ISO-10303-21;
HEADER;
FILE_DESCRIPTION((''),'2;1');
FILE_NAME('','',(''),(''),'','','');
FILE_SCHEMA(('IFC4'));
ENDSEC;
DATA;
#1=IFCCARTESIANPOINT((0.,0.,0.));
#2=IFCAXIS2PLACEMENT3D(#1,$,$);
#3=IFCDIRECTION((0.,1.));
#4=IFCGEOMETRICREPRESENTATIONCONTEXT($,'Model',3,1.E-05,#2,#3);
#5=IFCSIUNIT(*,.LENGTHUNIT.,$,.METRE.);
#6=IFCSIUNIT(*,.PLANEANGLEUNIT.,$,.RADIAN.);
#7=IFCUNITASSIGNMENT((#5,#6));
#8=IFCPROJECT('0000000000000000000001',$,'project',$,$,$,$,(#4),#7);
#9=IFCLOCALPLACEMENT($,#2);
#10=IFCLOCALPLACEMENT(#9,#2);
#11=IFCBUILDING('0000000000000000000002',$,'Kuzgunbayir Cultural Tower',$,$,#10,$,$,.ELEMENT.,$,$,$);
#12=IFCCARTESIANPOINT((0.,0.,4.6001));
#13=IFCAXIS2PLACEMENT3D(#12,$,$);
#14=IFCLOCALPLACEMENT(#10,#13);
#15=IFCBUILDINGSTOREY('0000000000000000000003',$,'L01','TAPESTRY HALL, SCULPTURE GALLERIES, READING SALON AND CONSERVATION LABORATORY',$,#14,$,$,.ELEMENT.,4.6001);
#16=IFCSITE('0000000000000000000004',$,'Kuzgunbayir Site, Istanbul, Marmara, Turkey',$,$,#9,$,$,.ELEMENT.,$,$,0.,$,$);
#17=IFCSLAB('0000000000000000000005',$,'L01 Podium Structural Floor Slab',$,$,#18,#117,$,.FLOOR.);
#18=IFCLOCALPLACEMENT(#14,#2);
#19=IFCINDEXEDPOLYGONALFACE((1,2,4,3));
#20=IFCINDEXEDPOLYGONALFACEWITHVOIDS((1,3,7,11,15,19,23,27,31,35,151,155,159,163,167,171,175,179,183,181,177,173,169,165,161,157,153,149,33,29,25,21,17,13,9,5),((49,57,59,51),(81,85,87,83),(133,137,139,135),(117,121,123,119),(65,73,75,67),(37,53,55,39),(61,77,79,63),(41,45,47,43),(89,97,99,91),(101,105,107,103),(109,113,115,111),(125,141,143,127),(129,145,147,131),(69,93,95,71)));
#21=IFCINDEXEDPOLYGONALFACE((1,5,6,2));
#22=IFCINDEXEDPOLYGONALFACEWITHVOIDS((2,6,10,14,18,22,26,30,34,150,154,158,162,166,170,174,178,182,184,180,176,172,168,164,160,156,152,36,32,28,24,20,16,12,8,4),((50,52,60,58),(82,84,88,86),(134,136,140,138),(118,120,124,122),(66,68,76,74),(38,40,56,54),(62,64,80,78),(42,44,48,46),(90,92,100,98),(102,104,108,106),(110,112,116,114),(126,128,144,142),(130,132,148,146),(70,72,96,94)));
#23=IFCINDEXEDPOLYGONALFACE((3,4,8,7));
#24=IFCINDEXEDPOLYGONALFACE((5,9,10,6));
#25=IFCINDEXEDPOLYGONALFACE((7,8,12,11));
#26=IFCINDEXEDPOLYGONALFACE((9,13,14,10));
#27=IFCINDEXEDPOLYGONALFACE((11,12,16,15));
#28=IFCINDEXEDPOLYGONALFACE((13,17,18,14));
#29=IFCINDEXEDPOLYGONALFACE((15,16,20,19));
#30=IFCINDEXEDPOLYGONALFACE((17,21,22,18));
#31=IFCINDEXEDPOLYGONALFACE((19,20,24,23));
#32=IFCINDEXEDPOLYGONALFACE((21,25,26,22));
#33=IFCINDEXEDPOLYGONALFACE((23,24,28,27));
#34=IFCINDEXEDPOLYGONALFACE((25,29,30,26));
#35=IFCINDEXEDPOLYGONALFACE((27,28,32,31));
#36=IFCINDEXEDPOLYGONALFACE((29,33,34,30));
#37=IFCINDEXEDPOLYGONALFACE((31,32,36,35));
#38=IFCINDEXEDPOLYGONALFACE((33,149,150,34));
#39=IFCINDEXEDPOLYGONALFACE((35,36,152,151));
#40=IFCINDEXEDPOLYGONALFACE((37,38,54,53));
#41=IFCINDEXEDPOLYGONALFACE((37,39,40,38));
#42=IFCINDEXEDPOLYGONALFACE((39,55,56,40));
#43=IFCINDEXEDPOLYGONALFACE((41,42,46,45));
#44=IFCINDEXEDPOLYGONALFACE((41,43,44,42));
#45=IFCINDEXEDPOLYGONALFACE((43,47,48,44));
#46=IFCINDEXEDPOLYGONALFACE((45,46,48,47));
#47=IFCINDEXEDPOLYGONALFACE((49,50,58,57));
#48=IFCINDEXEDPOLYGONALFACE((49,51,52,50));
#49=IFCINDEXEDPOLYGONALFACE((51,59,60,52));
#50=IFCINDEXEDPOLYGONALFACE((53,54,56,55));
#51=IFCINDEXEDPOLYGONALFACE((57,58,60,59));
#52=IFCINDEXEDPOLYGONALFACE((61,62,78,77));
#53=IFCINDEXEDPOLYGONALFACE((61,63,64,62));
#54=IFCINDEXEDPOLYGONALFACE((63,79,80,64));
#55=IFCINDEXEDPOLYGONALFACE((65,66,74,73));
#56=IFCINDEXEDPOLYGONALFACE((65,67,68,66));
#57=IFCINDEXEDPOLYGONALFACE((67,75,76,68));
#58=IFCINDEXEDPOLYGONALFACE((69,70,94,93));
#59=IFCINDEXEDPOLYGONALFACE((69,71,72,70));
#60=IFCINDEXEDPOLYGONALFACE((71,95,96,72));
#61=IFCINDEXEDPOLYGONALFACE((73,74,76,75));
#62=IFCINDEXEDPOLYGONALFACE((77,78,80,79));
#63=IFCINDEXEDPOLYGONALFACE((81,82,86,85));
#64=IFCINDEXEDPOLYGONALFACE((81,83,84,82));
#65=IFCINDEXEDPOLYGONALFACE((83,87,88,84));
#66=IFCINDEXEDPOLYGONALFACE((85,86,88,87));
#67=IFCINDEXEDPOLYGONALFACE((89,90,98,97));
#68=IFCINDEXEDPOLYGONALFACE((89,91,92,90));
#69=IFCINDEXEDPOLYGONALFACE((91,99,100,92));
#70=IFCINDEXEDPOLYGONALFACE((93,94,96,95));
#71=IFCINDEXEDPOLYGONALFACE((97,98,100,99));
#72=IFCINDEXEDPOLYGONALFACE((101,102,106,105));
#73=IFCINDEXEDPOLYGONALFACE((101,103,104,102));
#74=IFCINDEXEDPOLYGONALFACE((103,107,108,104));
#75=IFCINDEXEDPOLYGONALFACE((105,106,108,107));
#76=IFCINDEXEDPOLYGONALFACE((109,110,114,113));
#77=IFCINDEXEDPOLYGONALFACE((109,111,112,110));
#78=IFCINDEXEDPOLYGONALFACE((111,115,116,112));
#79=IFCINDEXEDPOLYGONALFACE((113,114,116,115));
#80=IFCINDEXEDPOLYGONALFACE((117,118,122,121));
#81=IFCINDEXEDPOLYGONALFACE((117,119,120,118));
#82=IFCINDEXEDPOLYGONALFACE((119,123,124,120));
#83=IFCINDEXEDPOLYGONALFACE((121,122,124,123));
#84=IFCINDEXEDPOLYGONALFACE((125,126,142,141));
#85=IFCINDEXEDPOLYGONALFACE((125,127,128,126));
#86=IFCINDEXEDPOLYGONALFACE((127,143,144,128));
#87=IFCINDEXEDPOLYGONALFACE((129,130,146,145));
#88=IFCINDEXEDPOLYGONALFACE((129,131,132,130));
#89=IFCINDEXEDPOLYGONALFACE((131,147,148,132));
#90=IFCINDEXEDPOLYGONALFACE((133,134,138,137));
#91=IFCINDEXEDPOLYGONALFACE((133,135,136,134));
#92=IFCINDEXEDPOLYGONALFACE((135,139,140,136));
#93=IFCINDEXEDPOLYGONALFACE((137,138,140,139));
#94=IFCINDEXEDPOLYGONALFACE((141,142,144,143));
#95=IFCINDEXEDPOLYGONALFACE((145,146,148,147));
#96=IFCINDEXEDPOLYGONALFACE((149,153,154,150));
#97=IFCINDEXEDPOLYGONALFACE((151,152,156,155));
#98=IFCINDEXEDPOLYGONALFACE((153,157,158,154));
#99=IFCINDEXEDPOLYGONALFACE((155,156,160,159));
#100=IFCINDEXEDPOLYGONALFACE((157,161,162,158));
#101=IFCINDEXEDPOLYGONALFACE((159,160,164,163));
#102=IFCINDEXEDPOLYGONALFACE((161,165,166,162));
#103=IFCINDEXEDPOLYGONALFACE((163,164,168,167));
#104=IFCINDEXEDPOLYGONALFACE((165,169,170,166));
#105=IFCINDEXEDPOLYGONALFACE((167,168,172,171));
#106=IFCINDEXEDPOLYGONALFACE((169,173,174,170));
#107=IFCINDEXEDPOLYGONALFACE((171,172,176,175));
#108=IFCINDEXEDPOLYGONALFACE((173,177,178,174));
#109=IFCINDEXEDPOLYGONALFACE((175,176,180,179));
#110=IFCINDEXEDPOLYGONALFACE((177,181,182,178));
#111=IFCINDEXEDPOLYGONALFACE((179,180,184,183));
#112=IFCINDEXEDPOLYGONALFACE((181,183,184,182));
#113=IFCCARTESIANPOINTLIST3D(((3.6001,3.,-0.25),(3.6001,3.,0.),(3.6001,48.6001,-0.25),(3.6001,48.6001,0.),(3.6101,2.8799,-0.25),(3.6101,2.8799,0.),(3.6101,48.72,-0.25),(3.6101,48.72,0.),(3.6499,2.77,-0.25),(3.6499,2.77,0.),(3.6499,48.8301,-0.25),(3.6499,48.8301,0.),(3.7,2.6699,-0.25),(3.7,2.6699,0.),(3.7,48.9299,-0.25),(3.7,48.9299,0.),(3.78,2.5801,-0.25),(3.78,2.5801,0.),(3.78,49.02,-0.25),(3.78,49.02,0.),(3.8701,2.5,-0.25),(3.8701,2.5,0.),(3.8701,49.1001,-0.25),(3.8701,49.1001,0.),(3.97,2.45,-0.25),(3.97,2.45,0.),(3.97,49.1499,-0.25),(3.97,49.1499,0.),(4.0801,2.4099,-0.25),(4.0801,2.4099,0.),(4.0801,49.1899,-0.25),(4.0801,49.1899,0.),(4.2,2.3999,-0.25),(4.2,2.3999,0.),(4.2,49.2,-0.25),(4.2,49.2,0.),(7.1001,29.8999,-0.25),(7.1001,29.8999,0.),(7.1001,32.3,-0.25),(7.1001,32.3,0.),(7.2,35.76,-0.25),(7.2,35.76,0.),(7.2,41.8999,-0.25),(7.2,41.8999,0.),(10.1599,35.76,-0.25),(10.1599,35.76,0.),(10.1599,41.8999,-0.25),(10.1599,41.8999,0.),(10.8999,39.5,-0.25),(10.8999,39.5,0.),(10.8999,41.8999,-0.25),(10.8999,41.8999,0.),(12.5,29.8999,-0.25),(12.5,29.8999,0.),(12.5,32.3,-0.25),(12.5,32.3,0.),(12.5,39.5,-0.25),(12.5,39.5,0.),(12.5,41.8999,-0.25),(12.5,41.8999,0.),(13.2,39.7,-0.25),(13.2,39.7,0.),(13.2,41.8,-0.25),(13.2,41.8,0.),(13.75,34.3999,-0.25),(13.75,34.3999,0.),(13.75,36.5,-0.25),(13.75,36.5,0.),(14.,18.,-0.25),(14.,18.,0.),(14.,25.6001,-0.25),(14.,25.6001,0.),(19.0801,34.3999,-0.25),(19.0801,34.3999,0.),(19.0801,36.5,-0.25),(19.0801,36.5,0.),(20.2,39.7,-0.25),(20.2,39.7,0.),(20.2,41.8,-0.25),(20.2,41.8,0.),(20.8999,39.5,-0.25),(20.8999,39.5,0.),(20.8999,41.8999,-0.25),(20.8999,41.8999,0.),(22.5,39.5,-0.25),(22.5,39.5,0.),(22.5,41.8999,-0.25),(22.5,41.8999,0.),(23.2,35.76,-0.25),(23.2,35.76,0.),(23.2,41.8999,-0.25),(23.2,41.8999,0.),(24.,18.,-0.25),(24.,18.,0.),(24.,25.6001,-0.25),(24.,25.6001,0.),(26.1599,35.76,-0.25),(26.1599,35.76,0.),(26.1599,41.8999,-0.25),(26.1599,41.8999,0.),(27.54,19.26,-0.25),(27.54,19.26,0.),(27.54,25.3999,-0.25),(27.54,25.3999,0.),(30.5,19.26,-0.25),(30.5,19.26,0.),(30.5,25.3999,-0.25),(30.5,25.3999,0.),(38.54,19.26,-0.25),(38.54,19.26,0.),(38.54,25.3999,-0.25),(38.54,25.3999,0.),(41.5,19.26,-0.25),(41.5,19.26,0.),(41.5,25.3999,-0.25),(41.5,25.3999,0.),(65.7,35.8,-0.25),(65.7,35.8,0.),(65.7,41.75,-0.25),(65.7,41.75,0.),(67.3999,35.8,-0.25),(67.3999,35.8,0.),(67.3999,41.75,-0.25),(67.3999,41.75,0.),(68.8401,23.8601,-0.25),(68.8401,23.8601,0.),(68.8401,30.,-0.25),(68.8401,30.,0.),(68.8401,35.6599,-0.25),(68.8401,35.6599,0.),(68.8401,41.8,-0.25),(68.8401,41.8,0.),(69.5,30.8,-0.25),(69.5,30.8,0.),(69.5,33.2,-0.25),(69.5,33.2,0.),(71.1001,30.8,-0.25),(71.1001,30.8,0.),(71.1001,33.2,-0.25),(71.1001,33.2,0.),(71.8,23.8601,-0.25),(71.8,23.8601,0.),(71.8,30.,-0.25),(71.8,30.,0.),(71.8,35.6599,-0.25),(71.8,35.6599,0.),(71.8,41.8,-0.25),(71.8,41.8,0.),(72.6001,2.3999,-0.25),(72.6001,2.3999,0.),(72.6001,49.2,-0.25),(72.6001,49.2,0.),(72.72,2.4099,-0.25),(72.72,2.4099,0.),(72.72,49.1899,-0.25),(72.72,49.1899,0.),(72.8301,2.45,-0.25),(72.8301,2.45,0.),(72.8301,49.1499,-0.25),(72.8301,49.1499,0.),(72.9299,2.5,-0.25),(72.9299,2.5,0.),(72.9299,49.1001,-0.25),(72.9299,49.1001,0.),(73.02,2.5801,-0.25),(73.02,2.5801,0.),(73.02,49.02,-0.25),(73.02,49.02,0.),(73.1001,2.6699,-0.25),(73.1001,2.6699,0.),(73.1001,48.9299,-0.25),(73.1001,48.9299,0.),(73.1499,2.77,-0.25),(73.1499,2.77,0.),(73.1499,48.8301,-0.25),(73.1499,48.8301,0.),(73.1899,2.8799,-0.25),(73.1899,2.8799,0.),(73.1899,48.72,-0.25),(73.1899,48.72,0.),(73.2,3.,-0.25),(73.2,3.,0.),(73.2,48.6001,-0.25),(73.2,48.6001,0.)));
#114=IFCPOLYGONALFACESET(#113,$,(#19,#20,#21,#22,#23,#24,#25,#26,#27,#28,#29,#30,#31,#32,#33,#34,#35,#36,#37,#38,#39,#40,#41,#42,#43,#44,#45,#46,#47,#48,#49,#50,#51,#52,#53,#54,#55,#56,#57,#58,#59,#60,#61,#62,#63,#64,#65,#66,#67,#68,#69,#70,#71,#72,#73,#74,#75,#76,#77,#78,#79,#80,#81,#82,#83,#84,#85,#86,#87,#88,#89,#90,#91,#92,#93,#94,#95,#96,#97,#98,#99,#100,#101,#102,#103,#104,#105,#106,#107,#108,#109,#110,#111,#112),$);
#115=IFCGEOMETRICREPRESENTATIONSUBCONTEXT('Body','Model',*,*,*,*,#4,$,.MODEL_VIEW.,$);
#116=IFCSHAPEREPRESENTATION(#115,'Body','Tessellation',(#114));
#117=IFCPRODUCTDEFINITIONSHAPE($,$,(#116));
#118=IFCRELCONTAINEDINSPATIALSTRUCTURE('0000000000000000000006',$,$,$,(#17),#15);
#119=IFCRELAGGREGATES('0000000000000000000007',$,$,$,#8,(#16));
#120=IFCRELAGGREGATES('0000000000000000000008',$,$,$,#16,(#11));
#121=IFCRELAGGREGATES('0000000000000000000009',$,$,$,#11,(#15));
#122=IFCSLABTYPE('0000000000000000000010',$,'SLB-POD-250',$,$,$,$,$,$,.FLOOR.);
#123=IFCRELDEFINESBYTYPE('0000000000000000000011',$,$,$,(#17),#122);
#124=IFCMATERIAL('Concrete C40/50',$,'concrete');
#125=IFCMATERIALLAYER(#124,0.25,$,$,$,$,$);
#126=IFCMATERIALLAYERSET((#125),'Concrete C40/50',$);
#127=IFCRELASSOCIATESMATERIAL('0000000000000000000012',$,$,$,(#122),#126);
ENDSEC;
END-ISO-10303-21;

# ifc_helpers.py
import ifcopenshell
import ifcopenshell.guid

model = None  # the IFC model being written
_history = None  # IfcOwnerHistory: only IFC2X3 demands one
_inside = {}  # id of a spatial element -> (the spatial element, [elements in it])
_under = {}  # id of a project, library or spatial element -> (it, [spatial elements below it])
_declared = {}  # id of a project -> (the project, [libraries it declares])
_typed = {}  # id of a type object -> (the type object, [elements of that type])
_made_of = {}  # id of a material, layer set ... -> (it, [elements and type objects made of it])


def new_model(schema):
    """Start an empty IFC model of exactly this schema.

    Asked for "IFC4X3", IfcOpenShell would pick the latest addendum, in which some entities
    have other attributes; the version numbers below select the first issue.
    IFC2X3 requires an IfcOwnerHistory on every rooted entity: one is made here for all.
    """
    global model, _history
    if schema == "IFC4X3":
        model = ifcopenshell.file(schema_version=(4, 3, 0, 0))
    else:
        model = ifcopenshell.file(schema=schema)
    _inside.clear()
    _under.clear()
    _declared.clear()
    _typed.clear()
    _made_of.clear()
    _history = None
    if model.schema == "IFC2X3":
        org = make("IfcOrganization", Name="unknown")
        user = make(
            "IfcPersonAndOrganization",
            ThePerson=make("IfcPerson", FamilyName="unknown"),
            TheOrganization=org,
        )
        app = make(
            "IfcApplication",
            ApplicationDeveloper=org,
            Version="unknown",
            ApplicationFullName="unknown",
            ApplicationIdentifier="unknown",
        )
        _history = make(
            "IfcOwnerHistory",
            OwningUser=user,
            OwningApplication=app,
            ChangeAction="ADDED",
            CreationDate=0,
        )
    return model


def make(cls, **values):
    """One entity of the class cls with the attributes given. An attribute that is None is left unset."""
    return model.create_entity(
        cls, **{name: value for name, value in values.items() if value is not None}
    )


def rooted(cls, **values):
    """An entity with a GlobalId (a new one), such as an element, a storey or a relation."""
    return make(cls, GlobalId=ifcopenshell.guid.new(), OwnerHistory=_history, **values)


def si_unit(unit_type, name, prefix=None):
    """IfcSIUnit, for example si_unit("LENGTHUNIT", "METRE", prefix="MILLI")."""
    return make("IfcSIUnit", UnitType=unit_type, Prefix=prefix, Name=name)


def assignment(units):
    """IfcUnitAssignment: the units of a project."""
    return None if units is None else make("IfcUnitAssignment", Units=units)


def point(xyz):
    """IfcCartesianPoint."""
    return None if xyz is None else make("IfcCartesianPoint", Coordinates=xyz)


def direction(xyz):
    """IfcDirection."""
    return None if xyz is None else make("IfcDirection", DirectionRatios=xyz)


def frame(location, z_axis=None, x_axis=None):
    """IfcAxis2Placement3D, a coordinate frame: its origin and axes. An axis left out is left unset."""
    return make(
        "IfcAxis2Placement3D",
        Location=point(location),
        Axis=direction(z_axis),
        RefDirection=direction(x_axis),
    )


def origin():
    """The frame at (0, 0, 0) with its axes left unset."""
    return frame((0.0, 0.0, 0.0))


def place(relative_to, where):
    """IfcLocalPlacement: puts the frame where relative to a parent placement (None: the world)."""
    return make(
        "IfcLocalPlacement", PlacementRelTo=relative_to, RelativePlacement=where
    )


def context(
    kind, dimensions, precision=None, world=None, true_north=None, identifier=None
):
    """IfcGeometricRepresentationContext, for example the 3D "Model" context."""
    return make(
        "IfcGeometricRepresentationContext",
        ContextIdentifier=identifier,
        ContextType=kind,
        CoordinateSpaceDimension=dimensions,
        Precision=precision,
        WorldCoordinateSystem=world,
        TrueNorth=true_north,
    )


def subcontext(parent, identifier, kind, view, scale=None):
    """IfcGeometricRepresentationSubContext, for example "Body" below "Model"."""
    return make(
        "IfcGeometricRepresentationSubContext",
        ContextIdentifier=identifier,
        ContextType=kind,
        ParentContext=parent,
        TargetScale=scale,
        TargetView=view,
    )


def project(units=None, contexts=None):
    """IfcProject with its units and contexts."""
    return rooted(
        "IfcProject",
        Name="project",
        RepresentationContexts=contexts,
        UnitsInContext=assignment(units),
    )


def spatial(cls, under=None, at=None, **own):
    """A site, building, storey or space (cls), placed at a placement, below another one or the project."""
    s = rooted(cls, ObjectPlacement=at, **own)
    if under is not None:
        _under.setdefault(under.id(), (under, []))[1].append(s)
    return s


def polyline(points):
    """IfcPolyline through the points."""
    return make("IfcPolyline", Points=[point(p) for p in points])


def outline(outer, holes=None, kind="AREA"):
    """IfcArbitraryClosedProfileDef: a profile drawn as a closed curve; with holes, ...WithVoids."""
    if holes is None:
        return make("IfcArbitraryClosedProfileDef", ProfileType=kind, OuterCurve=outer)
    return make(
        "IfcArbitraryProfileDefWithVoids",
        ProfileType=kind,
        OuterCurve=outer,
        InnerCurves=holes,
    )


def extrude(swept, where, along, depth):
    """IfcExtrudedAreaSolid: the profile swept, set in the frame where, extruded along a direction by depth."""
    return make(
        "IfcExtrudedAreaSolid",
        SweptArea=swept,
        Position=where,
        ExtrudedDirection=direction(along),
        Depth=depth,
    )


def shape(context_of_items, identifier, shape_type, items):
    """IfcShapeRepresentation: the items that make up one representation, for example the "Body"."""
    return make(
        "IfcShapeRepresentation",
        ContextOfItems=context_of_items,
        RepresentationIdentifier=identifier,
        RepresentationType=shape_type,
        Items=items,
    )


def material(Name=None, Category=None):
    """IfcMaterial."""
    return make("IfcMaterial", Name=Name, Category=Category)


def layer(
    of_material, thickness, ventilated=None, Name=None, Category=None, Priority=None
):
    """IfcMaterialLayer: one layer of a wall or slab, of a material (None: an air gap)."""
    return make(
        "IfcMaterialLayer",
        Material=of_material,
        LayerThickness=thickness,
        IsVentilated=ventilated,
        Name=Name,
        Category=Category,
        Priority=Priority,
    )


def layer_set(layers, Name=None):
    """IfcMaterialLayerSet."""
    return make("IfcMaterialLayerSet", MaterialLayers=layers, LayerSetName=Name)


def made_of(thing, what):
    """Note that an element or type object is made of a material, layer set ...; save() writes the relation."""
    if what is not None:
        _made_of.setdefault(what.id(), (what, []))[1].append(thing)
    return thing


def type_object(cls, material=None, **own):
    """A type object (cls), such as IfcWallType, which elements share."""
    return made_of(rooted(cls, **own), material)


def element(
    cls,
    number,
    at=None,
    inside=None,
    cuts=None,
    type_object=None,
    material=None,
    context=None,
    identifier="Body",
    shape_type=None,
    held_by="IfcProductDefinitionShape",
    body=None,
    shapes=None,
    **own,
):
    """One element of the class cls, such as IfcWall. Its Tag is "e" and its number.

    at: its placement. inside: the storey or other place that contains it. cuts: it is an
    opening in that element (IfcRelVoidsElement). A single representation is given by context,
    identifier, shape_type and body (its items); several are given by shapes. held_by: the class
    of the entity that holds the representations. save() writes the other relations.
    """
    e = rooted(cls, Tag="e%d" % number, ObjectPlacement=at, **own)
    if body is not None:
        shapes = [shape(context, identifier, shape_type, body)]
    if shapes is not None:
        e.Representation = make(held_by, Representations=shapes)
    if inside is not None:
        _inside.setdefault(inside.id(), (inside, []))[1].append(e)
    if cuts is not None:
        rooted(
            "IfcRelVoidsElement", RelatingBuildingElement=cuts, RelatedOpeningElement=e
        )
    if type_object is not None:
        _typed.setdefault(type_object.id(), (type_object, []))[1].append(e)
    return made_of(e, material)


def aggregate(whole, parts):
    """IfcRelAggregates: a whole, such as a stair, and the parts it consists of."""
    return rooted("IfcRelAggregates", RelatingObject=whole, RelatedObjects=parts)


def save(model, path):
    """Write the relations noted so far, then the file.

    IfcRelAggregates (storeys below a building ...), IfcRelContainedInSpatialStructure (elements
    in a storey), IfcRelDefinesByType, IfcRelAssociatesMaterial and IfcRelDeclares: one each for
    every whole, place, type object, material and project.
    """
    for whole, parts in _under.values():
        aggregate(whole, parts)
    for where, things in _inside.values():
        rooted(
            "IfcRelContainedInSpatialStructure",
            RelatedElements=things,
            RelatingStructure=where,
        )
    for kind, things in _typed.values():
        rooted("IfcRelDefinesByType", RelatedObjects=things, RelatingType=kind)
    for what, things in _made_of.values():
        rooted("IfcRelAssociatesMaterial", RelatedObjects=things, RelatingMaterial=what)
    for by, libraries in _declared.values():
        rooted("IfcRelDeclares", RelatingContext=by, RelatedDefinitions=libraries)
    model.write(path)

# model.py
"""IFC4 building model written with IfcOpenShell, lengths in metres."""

from ifc_helpers import new_model, si_unit, direction, frame, origin, place, context, subcontext, project, spatial, polyline, outline, extrude, material, layer, layer_set, type_object, element, save


model = new_model("IFC4")

# Units and contexts
model_context = context("Model", 3, precision=1e-05, world=origin(), true_north=direction((0.0, 1.0)))
body_context = subcontext(model_context, "Body", "Model", "MODEL_VIEW")
ifc_project = project(units=[si_unit("LENGTHUNIT", "METRE"), si_unit("PLANEANGLEUNIT", "RADIAN")], contexts=[model_context])

# Site, building, storey
site_placement = place(None, origin())
site = spatial("IfcSite", under=ifc_project, at=site_placement, Name="Kuzgunbayir Site, Istanbul, Marmara, Turkey", CompositionType="ELEMENT", RefElevation=0.0)
building_placement = place(site_placement, origin())
building = spatial("IfcBuilding", under=site, at=building_placement, Name="Kuzgunbayir Cultural Tower", CompositionType="ELEMENT")
storey_placement = place(building_placement, frame((0.0, 0.0, 4.6001)))
storey = spatial("IfcBuildingStorey", under=building, at=storey_placement, Name="L01", Description="TAPESTRY HALL, SCULPTURE GALLERIES, READING SALON AND CONSERVATION LABORATORY", CompositionType="ELEMENT", Elevation=4.6001)

# Shared definitions
ifc_material_1 = material(Name="Concrete C40/50", Category="concrete")

# Slab
ifc_layer_1 = layer(ifc_material_1, 0.25)
ifc_layer_set_1 = layer_set([ifc_layer_1], Name="Concrete C40/50")
slab_type_1 = type_object("IfcSlabType", Name="SLB-POD-250", PredefinedType="FLOOR", material=ifc_layer_set_1)
slab_1_placement = place(storey_placement, frame((0.0, 0.0, -0.25)))
element("IfcSlab", 1, at=slab_1_placement, inside=storey, type_object=slab_type_1, Name="L01 Podium Structural Floor Slab", PredefinedType="FLOOR", context=body_context, shape_type="SweptSolid", body=[
    extrude(outline(polyline([(72.6001, 2.3999), (72.72, 2.4099), (72.8301, 2.45), (72.9299, 2.5), (73.02, 2.5801), (73.1001, 2.6699), (73.1499, 2.77), (73.1899, 2.8799), (73.2, 3.0), (73.2, 48.6001), (73.1899, 48.72), (73.1499, 48.8301), (73.1001, 48.9299), (73.02, 49.02), (72.9299, 49.1001), (72.8301, 49.1499), (72.72, 49.1899), (72.6001, 49.2), (4.2, 49.2), (4.0801, 49.1899), (3.97, 49.1499), (3.8701, 49.1001), (3.78, 49.02), (3.7, 48.9299), (3.6499, 48.8301), (3.6101, 48.72), (3.6001, 48.6001), (3.6001, 3.0), (3.6101, 2.8799), (3.6499, 2.77), (3.7, 2.6699), (3.78, 2.5801), (3.8701, 2.5), (3.97, 2.45), (4.0801, 2.4099), (4.2, 2.3999), (72.6001, 2.3999)]), holes=[polyline([(7.2, 35.76), (7.2, 41.8999), (10.1599, 41.8999), (10.1599, 35.76), (7.2, 35.76)]), polyline([(23.2, 35.76), (23.2, 41.8999), (26.1599, 41.8999), (26.1599, 35.76), (23.2, 35.76)]), polyline([(68.8401, 23.8601), (68.8401, 30.0), (71.8, 30.0), (71.8, 23.8601), (68.8401, 23.8601)]), polyline([(68.8401, 35.6599), (68.8401, 41.8), (71.8, 41.8), (71.8, 35.6599), (68.8401, 35.6599)]), polyline([(27.54, 19.26), (27.54, 25.3999), (30.5, 25.3999), (30.5, 19.26), (27.54, 19.26)]), polyline([(38.54, 19.26), (38.54, 25.3999), (41.5, 25.3999), (41.5, 19.26), (38.54, 19.26)]), polyline([(13.2, 39.7), (13.2, 41.8), (20.2, 41.8), (20.2, 39.7), (13.2, 39.7)]), polyline([(13.75, 34.3999), (13.75, 36.5), (19.0801, 36.5), (19.0801, 34.3999), (13.75, 34.3999)]), polyline([(7.1001, 29.8999), (7.1001, 32.3), (12.5, 32.3), (12.5, 29.8999), (7.1001, 29.8999)]), polyline([(10.8999, 39.5), (10.8999, 41.8999), (12.5, 41.8999), (12.5, 39.5), (10.8999, 39.5)]), polyline([(20.8999, 39.5), (20.8999, 41.8999), (22.5, 41.8999), (22.5, 39.5), (20.8999, 39.5)]), polyline([(65.7, 35.8), (65.7, 41.75), (67.3999, 41.75), (67.3999, 35.8), (65.7, 35.8)]), polyline([(69.5, 30.8), (69.5, 33.2), (71.1001, 33.2), (71.1001, 30.8), (69.5, 30.8)]), polyline([(14.0, 18.0), (14.0, 25.6001), (24.0, 25.6001), (24.0, 18.0), (14.0, 18.0)])]), origin(), (0.0, 0.0, 1.0), 0.25),
])

save(model, "model.ifc")
